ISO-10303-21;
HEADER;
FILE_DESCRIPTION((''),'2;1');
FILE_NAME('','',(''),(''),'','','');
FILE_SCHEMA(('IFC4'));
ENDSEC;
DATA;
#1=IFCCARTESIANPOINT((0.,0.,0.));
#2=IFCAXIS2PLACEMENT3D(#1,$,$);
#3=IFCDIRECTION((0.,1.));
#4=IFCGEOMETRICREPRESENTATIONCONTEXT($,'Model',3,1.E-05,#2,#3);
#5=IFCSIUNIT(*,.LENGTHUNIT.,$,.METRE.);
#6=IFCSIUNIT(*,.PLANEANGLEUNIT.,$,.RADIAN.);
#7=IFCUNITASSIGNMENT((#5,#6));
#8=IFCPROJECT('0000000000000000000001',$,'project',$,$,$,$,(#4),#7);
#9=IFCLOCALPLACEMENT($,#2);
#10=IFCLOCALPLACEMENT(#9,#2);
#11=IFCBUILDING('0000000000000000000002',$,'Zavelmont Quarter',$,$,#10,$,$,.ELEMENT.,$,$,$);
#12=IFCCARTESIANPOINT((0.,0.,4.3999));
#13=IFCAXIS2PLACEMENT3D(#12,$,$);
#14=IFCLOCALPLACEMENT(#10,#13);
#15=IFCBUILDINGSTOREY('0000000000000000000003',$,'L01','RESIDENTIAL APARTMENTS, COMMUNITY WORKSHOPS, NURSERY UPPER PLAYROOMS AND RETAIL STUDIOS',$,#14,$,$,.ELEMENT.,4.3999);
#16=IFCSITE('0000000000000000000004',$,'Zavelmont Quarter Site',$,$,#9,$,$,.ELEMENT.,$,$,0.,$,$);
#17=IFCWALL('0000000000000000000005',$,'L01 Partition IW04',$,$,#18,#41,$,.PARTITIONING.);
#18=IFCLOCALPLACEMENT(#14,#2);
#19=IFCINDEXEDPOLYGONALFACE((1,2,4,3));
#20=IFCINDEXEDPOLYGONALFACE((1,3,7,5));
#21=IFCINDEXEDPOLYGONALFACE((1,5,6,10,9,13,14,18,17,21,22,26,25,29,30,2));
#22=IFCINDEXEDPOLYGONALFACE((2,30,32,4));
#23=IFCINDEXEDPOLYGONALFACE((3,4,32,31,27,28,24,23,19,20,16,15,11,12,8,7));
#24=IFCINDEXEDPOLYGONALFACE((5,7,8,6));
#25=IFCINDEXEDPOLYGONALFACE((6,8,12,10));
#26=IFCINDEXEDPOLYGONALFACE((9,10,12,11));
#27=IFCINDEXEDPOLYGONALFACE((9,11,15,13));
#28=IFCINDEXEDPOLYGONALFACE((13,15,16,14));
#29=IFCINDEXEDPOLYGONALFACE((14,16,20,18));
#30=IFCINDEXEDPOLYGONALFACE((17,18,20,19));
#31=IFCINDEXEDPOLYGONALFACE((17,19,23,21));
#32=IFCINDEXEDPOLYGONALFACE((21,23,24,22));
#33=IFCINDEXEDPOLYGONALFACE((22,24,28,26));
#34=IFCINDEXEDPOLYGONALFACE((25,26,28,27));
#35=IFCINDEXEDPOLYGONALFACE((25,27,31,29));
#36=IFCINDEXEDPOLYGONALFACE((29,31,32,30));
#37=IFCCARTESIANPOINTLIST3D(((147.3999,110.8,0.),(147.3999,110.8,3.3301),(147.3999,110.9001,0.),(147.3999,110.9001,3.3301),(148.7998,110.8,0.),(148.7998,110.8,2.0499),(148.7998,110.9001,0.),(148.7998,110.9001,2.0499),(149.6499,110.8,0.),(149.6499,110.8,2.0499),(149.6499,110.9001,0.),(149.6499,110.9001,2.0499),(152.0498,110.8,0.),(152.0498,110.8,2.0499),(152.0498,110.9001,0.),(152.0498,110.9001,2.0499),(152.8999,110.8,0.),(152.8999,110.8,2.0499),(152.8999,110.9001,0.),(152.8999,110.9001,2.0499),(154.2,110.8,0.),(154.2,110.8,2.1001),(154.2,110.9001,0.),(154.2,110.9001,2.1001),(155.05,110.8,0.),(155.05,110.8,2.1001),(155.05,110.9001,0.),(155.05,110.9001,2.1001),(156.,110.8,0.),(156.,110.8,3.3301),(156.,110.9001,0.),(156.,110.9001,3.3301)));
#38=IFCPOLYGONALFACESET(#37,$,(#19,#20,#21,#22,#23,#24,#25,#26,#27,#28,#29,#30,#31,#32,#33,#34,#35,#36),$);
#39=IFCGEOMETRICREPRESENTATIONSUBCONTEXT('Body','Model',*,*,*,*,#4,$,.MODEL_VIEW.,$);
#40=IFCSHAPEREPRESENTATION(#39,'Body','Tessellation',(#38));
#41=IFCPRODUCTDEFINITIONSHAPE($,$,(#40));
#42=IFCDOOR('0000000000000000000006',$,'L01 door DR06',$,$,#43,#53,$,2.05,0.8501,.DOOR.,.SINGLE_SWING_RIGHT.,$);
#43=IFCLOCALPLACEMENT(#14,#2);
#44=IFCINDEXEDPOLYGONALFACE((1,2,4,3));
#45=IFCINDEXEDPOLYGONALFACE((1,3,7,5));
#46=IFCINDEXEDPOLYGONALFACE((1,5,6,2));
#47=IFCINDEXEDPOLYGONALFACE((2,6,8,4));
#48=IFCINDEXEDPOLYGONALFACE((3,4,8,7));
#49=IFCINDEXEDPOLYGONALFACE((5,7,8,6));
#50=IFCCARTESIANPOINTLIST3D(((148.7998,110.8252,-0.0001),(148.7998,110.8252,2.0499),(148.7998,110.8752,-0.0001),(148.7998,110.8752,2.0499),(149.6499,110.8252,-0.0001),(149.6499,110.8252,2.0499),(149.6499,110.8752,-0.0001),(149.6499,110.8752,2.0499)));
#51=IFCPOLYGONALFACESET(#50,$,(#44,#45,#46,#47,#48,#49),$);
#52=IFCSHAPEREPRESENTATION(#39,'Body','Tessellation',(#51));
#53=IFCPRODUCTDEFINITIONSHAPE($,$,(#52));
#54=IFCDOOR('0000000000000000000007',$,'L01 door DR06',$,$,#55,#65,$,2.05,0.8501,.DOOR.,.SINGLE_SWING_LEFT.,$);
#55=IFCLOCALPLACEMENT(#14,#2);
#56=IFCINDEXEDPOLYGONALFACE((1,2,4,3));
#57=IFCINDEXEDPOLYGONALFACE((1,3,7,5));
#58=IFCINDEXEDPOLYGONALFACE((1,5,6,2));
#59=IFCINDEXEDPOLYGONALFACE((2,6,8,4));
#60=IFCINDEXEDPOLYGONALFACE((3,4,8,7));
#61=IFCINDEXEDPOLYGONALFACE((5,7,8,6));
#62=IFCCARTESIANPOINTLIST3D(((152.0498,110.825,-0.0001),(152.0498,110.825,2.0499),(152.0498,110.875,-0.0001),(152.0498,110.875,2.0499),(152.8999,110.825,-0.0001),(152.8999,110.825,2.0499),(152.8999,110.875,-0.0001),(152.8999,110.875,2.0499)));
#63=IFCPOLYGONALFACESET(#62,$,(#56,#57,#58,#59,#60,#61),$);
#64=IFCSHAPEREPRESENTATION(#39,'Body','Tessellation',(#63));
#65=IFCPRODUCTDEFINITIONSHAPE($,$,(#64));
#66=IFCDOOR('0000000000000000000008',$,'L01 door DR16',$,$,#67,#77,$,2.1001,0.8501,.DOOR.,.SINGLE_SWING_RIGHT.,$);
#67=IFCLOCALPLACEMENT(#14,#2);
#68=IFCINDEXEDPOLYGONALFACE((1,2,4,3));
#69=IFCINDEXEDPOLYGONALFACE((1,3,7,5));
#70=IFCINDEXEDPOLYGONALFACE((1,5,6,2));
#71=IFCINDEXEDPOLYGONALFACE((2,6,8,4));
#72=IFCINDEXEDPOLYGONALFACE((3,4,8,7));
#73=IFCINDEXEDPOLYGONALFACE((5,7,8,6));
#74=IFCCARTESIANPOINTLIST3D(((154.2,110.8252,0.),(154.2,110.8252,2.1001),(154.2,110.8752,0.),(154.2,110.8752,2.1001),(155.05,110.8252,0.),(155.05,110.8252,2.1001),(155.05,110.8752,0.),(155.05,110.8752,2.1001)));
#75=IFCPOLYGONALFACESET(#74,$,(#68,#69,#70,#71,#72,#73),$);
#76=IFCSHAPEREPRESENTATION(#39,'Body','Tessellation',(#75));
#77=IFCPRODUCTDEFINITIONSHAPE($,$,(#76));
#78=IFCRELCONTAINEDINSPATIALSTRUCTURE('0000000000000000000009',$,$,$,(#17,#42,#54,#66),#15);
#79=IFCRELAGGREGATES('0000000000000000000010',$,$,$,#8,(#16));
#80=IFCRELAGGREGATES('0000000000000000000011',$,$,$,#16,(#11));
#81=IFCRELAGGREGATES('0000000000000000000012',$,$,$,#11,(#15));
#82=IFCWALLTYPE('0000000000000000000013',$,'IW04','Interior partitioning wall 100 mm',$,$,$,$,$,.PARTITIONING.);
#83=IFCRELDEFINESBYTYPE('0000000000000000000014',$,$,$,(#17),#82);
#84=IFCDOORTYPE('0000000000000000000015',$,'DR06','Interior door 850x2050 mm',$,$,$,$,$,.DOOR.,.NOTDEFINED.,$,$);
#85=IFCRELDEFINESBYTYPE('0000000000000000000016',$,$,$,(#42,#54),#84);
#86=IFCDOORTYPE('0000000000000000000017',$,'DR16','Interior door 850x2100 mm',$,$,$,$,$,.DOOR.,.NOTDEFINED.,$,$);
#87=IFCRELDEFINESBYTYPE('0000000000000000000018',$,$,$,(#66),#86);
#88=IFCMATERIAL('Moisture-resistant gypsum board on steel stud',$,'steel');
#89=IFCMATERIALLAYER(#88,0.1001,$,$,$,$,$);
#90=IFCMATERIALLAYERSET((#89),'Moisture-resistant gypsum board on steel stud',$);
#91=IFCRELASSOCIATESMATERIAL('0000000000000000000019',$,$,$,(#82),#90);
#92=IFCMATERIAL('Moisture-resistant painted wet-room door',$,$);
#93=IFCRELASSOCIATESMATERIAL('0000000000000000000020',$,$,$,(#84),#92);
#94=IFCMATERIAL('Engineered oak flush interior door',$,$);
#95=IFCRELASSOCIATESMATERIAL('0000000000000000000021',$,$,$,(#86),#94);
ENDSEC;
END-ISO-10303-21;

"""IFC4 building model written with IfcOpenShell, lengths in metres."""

from ifc_helpers import new_model, si_unit, direction, frame, frame_2d, origin, origin_with_axes, place, context, subcontext, project, spatial, rectangle, extrude, material, layer, layer_set, type_object, element, fill, save


model = new_model("IFC4")

# Units and contexts
model_context = context("Model", 3, precision=1e-05, world=origin(), true_north=direction((0.0, 1.0)))
body_context = subcontext(model_context, "Body", "Model", "MODEL_VIEW")
ifc_project = project(units=[si_unit("LENGTHUNIT", "METRE"), si_unit("PLANEANGLEUNIT", "RADIAN")], contexts=[model_context])

# Site, building, storey
site_placement = place(None, origin())
site = spatial("IfcSite", under=ifc_project, at=site_placement, Name="Zavelmont Quarter Site", CompositionType="ELEMENT", RefElevation=0.0)
building_placement = place(site_placement, origin())
building = spatial("IfcBuilding", under=site, at=building_placement, Name="Zavelmont Quarter", CompositionType="ELEMENT")
storey_placement = place(building_placement, frame((0.0, 0.0, 4.3999)))
storey = spatial("IfcBuildingStorey", under=building, at=storey_placement, Name="L01", Description="RESIDENTIAL APARTMENTS, COMMUNITY WORKSHOPS, NURSERY UPPER PLAYROOMS AND RETAIL STUDIOS", CompositionType="ELEMENT", Elevation=4.3999)

# Shared definitions
ifc_material_1 = material(Name="Engineered oak flush interior door")

# Wall, openings, doors
ifc_material_2 = material(Name="Moisture-resistant gypsum board on steel stud", Category="steel")
ifc_layer_1 = layer(ifc_material_2, 0.1001)
ifc_layer_set_1 = layer_set([ifc_layer_1], Name="Moisture-resistant gypsum board on steel stud")
wall_type_1 = type_object("IfcWallType", Name="IW04", Description="Interior partitioning wall 100 mm", PredefinedType="PARTITIONING", material=ifc_layer_set_1)
wall_1_placement = place(storey_placement, frame((147.3999, 110.8501, 0.0), z_axis=(0.0, 0.0, 1.0), x_axis=(1.0, 0.0, 0.0)))
wall_1 = element("IfcWall", 1, at=wall_1_placement, inside=storey, type_object=wall_type_1, Name="L01 Partition IW04", PredefinedType="PARTITIONING", context=body_context, shape_type="SweptSolid", body=[
    extrude(rectangle(XDim=8.6001, YDim=0.1001, at=frame_2d((4.3, 0.0))), origin(), (0.0, 0.0, 1.0), 3.3301),
])
opening_1_placement = place(wall_1_placement, frame((1.3999, 0.0, 0.0)))
opening_1 = element("IfcOpeningElement", 2, at=opening_1_placement, cuts=wall_1, PredefinedType="OPENING", context=body_context, shape_type="SweptSolid", body=[
    extrude(rectangle(XDim=0.8501, YDim=2.05, at=frame_2d((0.425, 1.0249))), frame((0.0, 0.062, 0.0), z_axis=(0.0, -1.0, 0.0), x_axis=(1.0, 0.0, 0.0)), (0.0, 0.0, 1.0), 0.124),
])
opening_2_placement = place(wall_1_placement, frame((4.6499, 0.0, 0.0)))
opening_2 = element("IfcOpeningElement", 3, at=opening_2_placement, cuts=wall_1, PredefinedType="OPENING", context=body_context, shape_type="SweptSolid", body=[
    extrude(rectangle(XDim=0.8501, YDim=2.05, at=frame_2d((0.425, 1.0249))), frame((0.0, 0.062, 0.0), z_axis=(0.0, -1.0, 0.0), x_axis=(1.0, 0.0, 0.0)), (0.0, 0.0, 1.0), 0.124),
])
opening_3_placement = place(wall_1_placement, frame((6.8, 0.0, 0.0)))
opening_3 = element("IfcOpeningElement", 4, at=opening_3_placement, cuts=wall_1, PredefinedType="OPENING", context=body_context, shape_type="SweptSolid", body=[
    extrude(rectangle(XDim=0.8501, YDim=2.1001, at=frame_2d((0.425, 1.05))), frame((0.0, 0.062, 0.0), z_axis=(0.0, -1.0, 0.0), x_axis=(1.0, 0.0, 0.0)), (0.0, 0.0, 1.0), 0.124),
])
ifc_material_3 = material(Name="Moisture-resistant painted wet-room door")
door_type_1 = type_object("IfcDoorType", Name="DR06", Description="Interior door 850x2050 mm", OperationType="NOTDEFINED", PredefinedType="DOOR", material=ifc_material_3)
door_1_placement = place(opening_1_placement, frame((0.8501, 0.0, 0.0), z_axis=(0.0, 0.0, 1.0), x_axis=(-1.0, 0.0, 0.0)))
door_1 = element("IfcDoor", 5, at=door_1_placement, inside=storey, type_object=door_type_1, Name="L01 door DR06", OperationType="SINGLE_SWING_RIGHT", OverallHeight=2.05, OverallWidth=0.8501, PredefinedType="DOOR", context=body_context, shape_type="SweptSolid", body=[
    extrude(rectangle(XDim=0.8501, YDim=2.05, at=frame_2d((0.425, 1.0249))), frame((0.0, 0.0249, 0.0), z_axis=(0.0, -1.0, 0.0), x_axis=(1.0, 0.0, 0.0)), (0.0, 0.0, 1.0), 0.05),
])
fill(opening_1, door_1)
door_2_placement = place(opening_2_placement, origin_with_axes())
door_2 = element("IfcDoor", 6, at=door_2_placement, inside=storey, type_object=door_type_1, Name="L01 door DR06", OperationType="SINGLE_SWING_LEFT", OverallHeight=2.05, OverallWidth=0.8501, PredefinedType="DOOR", context=body_context, shape_type="SweptSolid", body=[
    extrude(rectangle(XDim=0.8501, YDim=2.05, at=frame_2d((0.425, 1.0249))), frame((0.0, 0.0249, 0.0), z_axis=(0.0, -1.0, 0.0), x_axis=(1.0, 0.0, 0.0)), (0.0, 0.0, 1.0), 0.05),
])
fill(opening_2, door_2)
door_type_2 = type_object("IfcDoorType", Name="DR16", Description="Interior door 850x2100 mm", OperationType="NOTDEFINED", PredefinedType="DOOR", material=ifc_material_1)
door_3_placement = place(opening_3_placement, frame((0.8501, 0.0, 0.0), z_axis=(0.0, 0.0, 1.0), x_axis=(-1.0, 0.0, 0.0)))
door_3 = element("IfcDoor", 7, at=door_3_placement, inside=storey, type_object=door_type_2, Name="L01 door DR16", OperationType="SINGLE_SWING_RIGHT", OverallHeight=2.1001, OverallWidth=0.8501, PredefinedType="DOOR", context=body_context, shape_type="SweptSolid", body=[
    extrude(rectangle(XDim=0.8501, YDim=2.1001, at=frame_2d((0.425, 1.05))), frame((0.0, 0.0249, 0.0), z_axis=(0.0, -1.0, 0.0), x_axis=(1.0, 0.0, 0.0)), (0.0, 0.0, 1.0), 0.05),
])
fill(opening_3, door_3)

save(model, "model.ifc")
